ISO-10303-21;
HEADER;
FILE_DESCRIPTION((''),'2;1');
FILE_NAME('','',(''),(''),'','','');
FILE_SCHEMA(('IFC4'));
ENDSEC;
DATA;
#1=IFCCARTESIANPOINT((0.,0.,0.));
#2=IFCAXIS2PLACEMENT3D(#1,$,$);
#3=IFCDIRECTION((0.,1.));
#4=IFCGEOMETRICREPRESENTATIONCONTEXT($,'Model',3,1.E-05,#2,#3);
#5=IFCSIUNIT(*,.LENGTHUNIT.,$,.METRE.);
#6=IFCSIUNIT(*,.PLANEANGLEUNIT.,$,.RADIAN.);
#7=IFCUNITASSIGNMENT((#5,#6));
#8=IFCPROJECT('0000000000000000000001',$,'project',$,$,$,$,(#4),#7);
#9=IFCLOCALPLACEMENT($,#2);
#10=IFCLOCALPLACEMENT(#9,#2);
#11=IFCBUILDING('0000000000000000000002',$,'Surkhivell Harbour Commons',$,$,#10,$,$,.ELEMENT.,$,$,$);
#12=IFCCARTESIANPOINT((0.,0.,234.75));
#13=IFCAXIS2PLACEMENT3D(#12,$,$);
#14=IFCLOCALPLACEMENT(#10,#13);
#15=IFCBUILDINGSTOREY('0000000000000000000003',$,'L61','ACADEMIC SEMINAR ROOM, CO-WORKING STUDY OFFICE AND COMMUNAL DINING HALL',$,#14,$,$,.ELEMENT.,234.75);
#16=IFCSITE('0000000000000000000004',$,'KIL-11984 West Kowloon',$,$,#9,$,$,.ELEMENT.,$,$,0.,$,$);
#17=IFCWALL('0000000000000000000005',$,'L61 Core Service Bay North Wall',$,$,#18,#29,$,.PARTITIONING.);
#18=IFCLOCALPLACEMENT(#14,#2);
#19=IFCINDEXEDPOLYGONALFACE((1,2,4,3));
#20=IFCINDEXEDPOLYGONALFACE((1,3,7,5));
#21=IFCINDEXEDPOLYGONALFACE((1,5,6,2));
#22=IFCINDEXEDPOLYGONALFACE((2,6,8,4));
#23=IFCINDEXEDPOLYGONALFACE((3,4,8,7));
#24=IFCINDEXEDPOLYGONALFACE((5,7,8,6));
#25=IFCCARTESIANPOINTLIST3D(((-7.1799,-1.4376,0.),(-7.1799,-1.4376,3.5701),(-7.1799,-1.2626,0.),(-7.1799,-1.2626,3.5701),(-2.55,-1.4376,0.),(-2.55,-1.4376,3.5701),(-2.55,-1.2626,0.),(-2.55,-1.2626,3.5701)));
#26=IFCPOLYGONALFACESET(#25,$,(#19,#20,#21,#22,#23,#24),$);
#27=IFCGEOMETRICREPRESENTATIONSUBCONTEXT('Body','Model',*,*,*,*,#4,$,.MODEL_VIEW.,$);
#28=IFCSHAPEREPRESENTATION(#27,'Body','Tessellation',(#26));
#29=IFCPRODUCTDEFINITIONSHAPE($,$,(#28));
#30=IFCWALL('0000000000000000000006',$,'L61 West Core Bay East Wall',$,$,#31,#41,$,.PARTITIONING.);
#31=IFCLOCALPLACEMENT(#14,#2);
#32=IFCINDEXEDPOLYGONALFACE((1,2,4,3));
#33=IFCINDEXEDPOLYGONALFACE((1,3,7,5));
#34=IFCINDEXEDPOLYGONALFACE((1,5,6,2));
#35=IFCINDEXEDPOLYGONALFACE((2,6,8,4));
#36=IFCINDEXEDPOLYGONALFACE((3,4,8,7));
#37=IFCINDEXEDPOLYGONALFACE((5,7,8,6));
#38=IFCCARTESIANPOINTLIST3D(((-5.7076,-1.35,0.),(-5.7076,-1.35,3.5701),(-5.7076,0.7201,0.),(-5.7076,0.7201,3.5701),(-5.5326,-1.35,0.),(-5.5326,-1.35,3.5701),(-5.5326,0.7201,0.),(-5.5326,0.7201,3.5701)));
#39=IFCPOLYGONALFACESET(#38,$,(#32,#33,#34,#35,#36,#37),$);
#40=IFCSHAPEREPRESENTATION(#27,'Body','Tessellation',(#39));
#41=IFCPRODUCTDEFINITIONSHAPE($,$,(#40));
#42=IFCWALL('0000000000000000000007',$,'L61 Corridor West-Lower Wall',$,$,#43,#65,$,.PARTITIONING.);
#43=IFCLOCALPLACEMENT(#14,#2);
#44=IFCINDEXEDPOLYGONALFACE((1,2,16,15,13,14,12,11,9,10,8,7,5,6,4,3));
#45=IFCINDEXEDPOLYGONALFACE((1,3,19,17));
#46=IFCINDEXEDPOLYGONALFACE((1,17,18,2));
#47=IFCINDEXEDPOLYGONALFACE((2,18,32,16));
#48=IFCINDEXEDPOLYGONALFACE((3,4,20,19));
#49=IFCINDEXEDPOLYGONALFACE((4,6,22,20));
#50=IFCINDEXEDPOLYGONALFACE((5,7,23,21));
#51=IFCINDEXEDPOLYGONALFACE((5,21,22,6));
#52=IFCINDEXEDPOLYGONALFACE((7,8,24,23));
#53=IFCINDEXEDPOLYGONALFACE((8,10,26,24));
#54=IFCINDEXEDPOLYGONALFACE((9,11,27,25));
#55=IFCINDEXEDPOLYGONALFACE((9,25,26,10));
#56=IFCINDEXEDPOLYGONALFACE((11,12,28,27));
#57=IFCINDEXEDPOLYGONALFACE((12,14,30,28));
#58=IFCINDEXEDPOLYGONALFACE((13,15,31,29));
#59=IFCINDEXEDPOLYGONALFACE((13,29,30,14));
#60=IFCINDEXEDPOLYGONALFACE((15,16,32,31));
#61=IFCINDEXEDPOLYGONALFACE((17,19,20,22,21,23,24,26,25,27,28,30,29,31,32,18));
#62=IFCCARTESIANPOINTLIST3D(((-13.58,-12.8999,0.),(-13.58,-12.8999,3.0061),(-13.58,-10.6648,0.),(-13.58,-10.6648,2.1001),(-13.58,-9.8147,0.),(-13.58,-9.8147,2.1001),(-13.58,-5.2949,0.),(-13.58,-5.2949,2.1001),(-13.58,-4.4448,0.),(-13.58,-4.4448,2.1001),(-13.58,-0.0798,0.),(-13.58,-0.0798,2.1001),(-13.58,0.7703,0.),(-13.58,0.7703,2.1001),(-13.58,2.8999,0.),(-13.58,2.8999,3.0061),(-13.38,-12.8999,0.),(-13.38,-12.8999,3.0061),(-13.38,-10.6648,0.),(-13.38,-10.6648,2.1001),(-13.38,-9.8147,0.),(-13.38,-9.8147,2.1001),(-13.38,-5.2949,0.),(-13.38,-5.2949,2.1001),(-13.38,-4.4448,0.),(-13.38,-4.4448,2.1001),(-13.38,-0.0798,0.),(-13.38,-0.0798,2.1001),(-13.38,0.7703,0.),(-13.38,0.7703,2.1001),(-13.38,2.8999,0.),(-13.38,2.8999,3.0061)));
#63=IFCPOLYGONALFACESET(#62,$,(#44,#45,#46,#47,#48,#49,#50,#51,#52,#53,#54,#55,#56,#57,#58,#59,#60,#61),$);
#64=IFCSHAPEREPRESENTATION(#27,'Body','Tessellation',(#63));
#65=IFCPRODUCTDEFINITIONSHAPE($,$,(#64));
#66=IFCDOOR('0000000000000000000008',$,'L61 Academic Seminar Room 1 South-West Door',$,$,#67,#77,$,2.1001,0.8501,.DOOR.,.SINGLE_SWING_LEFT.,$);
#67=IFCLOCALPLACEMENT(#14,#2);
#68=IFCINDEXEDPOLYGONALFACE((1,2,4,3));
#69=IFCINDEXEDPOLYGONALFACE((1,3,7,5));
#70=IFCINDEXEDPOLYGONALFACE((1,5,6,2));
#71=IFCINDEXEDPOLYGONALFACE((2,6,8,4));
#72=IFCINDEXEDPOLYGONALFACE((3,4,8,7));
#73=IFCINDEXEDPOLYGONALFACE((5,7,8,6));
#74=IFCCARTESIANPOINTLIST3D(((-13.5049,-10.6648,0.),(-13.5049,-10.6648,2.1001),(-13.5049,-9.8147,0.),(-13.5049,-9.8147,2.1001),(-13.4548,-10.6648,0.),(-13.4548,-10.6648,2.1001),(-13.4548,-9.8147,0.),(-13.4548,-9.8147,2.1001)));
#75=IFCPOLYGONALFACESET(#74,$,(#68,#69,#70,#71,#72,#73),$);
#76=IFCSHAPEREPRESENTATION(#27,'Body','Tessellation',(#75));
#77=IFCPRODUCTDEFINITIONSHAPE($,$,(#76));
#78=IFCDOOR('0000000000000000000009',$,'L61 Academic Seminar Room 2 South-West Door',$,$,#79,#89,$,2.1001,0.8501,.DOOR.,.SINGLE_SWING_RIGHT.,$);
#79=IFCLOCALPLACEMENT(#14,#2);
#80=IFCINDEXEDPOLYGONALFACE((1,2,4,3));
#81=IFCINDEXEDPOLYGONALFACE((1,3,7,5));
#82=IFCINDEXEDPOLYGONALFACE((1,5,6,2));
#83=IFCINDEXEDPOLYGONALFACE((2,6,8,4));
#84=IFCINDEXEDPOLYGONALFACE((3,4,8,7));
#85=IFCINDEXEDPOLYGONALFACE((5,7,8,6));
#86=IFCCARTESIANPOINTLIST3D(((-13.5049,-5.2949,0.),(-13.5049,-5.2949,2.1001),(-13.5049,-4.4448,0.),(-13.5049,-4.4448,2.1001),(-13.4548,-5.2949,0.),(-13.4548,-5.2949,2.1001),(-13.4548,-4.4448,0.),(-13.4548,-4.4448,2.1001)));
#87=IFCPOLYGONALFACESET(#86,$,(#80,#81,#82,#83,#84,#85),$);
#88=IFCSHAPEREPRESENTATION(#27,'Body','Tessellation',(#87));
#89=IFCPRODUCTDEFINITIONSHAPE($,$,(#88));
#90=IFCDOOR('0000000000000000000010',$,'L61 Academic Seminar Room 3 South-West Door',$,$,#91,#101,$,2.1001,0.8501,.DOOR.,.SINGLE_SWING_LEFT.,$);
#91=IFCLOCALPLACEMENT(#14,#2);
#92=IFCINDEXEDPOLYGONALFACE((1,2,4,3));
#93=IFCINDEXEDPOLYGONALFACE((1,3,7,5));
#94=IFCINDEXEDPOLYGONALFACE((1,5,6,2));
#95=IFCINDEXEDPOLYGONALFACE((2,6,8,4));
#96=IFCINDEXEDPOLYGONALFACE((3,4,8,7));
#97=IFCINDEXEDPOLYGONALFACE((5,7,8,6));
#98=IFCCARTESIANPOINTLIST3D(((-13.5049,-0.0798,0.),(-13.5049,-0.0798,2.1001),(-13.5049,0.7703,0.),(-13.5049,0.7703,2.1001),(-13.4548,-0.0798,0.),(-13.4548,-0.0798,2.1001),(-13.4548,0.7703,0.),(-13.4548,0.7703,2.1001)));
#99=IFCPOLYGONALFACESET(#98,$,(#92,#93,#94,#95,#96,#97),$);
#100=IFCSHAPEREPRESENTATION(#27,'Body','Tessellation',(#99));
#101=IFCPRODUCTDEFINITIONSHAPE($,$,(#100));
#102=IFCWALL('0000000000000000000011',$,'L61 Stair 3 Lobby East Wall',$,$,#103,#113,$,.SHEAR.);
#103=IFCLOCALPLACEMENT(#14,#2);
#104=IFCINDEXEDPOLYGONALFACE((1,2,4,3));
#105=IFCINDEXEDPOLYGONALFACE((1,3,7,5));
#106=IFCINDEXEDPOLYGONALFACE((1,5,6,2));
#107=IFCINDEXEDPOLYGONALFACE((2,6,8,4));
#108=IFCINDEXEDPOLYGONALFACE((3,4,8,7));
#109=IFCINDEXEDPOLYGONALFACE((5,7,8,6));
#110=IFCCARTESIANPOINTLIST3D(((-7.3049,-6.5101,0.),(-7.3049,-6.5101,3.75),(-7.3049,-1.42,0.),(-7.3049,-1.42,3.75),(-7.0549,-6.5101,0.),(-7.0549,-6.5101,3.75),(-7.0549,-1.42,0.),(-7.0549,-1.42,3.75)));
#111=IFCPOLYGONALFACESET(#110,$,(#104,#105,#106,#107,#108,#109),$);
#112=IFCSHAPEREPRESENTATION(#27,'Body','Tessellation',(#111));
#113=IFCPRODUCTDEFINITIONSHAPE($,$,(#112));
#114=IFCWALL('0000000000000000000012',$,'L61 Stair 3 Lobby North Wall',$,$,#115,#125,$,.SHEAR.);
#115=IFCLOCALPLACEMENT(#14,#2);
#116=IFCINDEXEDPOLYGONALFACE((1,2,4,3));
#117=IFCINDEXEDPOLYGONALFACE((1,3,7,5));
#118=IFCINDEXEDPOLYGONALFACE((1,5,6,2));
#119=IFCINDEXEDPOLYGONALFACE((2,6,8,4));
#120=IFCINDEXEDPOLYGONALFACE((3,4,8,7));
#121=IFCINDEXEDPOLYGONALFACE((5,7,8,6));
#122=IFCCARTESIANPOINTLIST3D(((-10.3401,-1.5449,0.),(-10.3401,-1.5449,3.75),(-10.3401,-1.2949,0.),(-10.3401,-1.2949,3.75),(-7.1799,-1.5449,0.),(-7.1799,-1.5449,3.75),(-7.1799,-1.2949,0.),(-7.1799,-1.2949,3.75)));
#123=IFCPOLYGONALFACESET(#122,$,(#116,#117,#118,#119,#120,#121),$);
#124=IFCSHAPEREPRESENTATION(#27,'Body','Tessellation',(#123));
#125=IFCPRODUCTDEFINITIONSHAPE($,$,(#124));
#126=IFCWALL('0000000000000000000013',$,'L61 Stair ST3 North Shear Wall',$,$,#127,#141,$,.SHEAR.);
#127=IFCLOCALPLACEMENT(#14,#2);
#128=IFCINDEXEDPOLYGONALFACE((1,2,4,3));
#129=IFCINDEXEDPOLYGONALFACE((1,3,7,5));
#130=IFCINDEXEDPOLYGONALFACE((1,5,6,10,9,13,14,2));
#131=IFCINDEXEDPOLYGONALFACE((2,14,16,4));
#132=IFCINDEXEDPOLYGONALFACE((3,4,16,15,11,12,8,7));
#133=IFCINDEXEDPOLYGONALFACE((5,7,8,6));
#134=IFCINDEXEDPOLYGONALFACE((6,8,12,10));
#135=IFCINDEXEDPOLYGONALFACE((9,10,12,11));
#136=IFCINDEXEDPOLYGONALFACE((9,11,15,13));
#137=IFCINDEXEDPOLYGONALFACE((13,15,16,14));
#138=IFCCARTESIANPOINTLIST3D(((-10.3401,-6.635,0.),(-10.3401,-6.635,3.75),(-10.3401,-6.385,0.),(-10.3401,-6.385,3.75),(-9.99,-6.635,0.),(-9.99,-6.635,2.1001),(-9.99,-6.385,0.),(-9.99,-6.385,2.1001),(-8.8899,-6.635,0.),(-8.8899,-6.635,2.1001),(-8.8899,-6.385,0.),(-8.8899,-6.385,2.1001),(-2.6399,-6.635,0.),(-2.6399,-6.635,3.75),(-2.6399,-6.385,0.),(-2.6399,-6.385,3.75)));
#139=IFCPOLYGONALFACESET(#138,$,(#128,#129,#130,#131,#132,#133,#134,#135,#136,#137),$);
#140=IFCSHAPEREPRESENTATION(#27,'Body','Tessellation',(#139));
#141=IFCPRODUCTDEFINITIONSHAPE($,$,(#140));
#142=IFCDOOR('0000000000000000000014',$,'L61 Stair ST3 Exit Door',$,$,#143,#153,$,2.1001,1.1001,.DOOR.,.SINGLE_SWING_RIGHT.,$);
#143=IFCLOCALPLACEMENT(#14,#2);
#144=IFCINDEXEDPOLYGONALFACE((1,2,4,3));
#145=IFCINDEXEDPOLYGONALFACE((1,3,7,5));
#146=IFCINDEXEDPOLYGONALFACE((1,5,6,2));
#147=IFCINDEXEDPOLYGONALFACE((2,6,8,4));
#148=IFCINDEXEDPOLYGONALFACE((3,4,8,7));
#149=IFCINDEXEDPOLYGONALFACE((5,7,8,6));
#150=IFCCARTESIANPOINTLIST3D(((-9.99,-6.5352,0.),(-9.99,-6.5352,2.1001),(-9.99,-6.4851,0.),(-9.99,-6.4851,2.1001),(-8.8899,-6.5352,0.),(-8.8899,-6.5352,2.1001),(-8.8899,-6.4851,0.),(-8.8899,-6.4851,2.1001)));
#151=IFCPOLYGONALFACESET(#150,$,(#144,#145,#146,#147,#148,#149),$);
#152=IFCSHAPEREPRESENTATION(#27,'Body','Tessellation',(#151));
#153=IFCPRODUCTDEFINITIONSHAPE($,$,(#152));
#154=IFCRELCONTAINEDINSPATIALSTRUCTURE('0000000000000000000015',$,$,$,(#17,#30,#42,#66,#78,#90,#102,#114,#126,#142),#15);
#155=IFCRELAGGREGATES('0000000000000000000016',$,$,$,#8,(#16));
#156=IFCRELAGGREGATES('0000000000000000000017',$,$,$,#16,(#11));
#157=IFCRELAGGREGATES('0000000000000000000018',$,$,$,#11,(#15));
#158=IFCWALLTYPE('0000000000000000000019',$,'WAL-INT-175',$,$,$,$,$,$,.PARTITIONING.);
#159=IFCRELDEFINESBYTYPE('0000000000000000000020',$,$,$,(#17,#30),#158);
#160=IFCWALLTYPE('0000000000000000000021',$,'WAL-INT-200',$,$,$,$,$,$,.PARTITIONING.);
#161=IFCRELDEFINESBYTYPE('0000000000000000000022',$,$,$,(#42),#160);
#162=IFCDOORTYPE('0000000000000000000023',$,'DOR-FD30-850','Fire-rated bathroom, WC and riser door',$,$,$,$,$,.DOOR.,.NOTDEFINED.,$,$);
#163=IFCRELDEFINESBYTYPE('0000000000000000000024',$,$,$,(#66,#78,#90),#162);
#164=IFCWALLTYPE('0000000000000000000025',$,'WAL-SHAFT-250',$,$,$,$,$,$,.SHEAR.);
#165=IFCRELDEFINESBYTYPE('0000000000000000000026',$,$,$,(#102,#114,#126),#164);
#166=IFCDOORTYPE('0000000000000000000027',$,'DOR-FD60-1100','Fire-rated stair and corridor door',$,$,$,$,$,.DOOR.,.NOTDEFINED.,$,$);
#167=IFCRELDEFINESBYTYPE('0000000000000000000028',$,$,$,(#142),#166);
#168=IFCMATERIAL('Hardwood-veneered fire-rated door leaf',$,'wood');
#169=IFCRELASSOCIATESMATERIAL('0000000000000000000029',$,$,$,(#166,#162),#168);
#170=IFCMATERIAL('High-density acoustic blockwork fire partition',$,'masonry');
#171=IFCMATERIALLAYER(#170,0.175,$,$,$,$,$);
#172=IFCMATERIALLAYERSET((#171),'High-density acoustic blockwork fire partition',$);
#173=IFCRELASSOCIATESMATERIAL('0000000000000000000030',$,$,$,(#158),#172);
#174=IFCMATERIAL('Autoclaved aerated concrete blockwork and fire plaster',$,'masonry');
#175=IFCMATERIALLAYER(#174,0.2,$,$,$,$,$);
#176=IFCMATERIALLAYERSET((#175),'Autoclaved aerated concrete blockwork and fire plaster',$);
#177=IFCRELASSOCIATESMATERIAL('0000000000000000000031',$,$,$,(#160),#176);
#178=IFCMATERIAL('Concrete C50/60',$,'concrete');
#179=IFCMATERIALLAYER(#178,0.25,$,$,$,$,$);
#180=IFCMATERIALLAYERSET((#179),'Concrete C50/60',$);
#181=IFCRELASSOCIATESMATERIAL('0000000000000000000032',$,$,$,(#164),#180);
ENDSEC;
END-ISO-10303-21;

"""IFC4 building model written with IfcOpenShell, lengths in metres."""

from ifc_helpers import new_model, si_unit, direction, frame, frame_2d, origin, place, context, subcontext, project, spatial, rectangle, extrude, material, layer, layer_set, type_object, element, fill, save


model = new_model("IFC4")

# Units and contexts
model_context = context("Model", 3, precision=1e-05, world=origin(), true_north=direction((0.0, 1.0)))
body_context = subcontext(model_context, "Body", "Model", "MODEL_VIEW")
ifc_project = project(units=[si_unit("LENGTHUNIT", "METRE"), si_unit("PLANEANGLEUNIT", "RADIAN")], contexts=[model_context])

# Site, building, storey
site_placement = place(None, origin())
site = spatial("IfcSite", under=ifc_project, at=site_placement, Name="KIL-11984 West Kowloon", CompositionType="ELEMENT", RefElevation=0.0)
building_placement = place(site_placement, origin())
building = spatial("IfcBuilding", under=site, at=building_placement, Name="Surkhivell Harbour Commons", CompositionType="ELEMENT")
storey_placement = place(building_placement, frame((0.0, 0.0, 234.75)))
storey = spatial("IfcBuildingStorey", under=building, at=storey_placement, Name="L61", Description="ACADEMIC SEMINAR ROOM, CO-WORKING STUDY OFFICE AND COMMUNAL DINING HALL", CompositionType="ELEMENT", Elevation=234.75)

# Shared definitions
ifc_material_1 = material(Name="Hardwood-veneered fire-rated door leaf", Category="wood")
door_type_1 = type_object("IfcDoorType", Name="DOR-FD60-1100", Description="Fire-rated stair and corridor door", OperationType="NOTDEFINED", PredefinedType="DOOR", material=ifc_material_1)
door_type_2 = type_object("IfcDoorType", Name="DOR-FD30-850", Description="Fire-rated bathroom, WC and riser door", OperationType="NOTDEFINED", PredefinedType="DOOR", material=ifc_material_1)

# Shared definitions
ifc_material_2 = material(Name="High-density acoustic blockwork fire partition", Category="masonry")
ifc_layer_1 = layer(ifc_material_2, 0.175)
ifc_layer_set_1 = layer_set([ifc_layer_1], Name="High-density acoustic blockwork fire partition")
wall_type_1 = type_object("IfcWallType", Name="WAL-INT-175", PredefinedType="PARTITIONING", material=ifc_layer_set_1)

# Walls
wall_1_placement = place(storey_placement, frame((-7.1799, -1.3501, 0.0), z_axis=(0.0, 0.0, 1.0), x_axis=(1.0, 0.0, 0.0)))
element("IfcWall", 1, at=wall_1_placement, inside=storey, type_object=wall_type_1, Name="L61 Core Service Bay North Wall", PredefinedType="PARTITIONING", context=body_context, shape_type="SweptSolid", body=[
    extrude(rectangle(XDim=4.6299, YDim=0.175, at=frame_2d((2.3149, 0.0))), origin(), (0.0, 0.0, 1.0), 3.5701),
])
wall_2_placement = place(storey_placement, frame((-5.6201, -1.3501, 0.0), z_axis=(0.0, 0.0, 1.0), x_axis=(0.0, 1.0, 0.0)))
element("IfcWall", 2, at=wall_2_placement, inside=storey, type_object=wall_type_1, Name="L61 West Core Bay East Wall", PredefinedType="PARTITIONING", context=body_context, shape_type="SweptSolid", body=[
    extrude(rectangle(XDim=2.0701, YDim=0.175, at=frame_2d((1.0352, 0.0))), origin(), (0.0, 0.0, 1.0), 3.5701),
])

# Wall, openings, doors
ifc_material_3 = material(Name="Autoclaved aerated concrete blockwork and fire plaster", Category="masonry")
ifc_layer_2 = layer(ifc_material_3, 0.2)
ifc_layer_set_2 = layer_set([ifc_layer_2], Name="Autoclaved aerated concrete blockwork and fire plaster")
wall_type_2 = type_object("IfcWallType", Name="WAL-INT-200", PredefinedType="PARTITIONING", material=ifc_layer_set_2)
wall_3_placement = place(storey_placement, frame((-13.48, -12.8999, 0.0), z_axis=(0.0, 0.0, 1.0), x_axis=(0.0, 1.0, 0.0)))
wall_3 = element("IfcWall", 3, at=wall_3_placement, inside=storey, type_object=wall_type_2, Name="L61 Corridor West-Lower Wall", PredefinedType="PARTITIONING", context=body_context, shape_type="SweptSolid", body=[
    extrude(rectangle(XDim=15.7998, YDim=0.2, at=frame_2d((7.8999, 0.0))), origin(), (0.0, 0.0, 1.0), 3.0061),
])
opening_1_placement = place(wall_3_placement, frame((2.2351, 0.0, 0.0)))
opening_1 = element("IfcOpeningElement", 4, at=opening_1_placement, cuts=wall_3, PredefinedType="OPENING", context=body_context, shape_type="SweptSolid", body=[
    extrude(rectangle(XDim=0.8501, YDim=2.1001, at=frame_2d((0.425, 1.05))), frame((0.0, 0.1099, 0.0), z_axis=(0.0, -1.0, 0.0), x_axis=(1.0, 0.0, 0.0)), (0.0, 0.0, 1.0), 0.22),
])
opening_2_placement = place(wall_3_placement, frame((7.605, 0.0, 0.0)))
opening_2 = element("IfcOpeningElement", 5, at=opening_2_placement, cuts=wall_3, PredefinedType="OPENING", context=body_context, shape_type="SweptSolid", body=[
    extrude(rectangle(XDim=0.8501, YDim=2.1001, at=frame_2d((0.425, 1.05))), frame((0.0, 0.1099, 0.0), z_axis=(0.0, -1.0, 0.0), x_axis=(1.0, 0.0, 0.0)), (0.0, 0.0, 1.0), 0.22),
])
opening_3_placement = place(wall_3_placement, frame((12.8201, 0.0, 0.0)))
opening_3 = element("IfcOpeningElement", 6, at=opening_3_placement, cuts=wall_3, PredefinedType="OPENING", context=body_context, shape_type="SweptSolid", body=[
    extrude(rectangle(XDim=0.8501, YDim=2.1001, at=frame_2d((0.425, 1.05))), frame((0.0, 0.1099, 0.0), z_axis=(0.0, -1.0, 0.0), x_axis=(1.0, 0.0, 0.0)), (0.0, 0.0, 1.0), 0.22),
])
door_1_placement = place(opening_1_placement, origin())
door_1 = element("IfcDoor", 7, at=door_1_placement, inside=storey, type_object=door_type_2, Name="L61 Academic Seminar Room 1 South-West Door", OperationType="SINGLE_SWING_LEFT", OverallHeight=2.1001, OverallWidth=0.8501, PredefinedType="DOOR", context=body_context, shape_type="SweptSolid", body=[
    extrude(rectangle(XDim=0.8501, YDim=2.1001, at=frame_2d((0.425, 1.05))), frame((0.0, 0.0249, 0.0), z_axis=(0.0, -1.0, 0.0), x_axis=(1.0, 0.0, 0.0)), (0.0, 0.0, 1.0), 0.05),
])
fill(opening_1, door_1)
door_2_placement = place(opening_2_placement, origin())
door_2 = element("IfcDoor", 8, at=door_2_placement, inside=storey, type_object=door_type_2, Name="L61 Academic Seminar Room 2 South-West Door", OperationType="SINGLE_SWING_RIGHT", OverallHeight=2.1001, OverallWidth=0.8501, PredefinedType="DOOR", context=body_context, shape_type="SweptSolid", body=[
    extrude(rectangle(XDim=0.8501, YDim=2.1001, at=frame_2d((0.425, 1.05))), frame((0.0, 0.0249, 0.0), z_axis=(0.0, -1.0, 0.0), x_axis=(1.0, 0.0, 0.0)), (0.0, 0.0, 1.0), 0.05),
])
fill(opening_2, door_2)
door_3_placement = place(opening_3_placement, origin())
door_3 = element("IfcDoor", 9, at=door_3_placement, inside=storey, type_object=door_type_2, Name="L61 Academic Seminar Room 3 South-West Door", OperationType="SINGLE_SWING_LEFT", OverallHeight=2.1001, OverallWidth=0.8501, PredefinedType="DOOR", context=body_context, shape_type="SweptSolid", body=[
    extrude(rectangle(XDim=0.8501, YDim=2.1001, at=frame_2d((0.425, 1.05))), frame((0.0, 0.0249, 0.0), z_axis=(0.0, -1.0, 0.0), x_axis=(1.0, 0.0, 0.0)), (0.0, 0.0, 1.0), 0.05),
])
fill(opening_3, door_3)

# Walls
ifc_material_4 = material(Name="Concrete C50/60", Category="concrete")
ifc_layer_3 = layer(ifc_material_4, 0.25)
ifc_layer_set_3 = layer_set([ifc_layer_3], Name="Concrete C50/60")
wall_type_3 = type_object("IfcWallType", Name="WAL-SHAFT-250", PredefinedType="SHEAR", material=ifc_layer_set_3)
wall_4_placement = place(storey_placement, frame((-7.1799, -6.51, 0.0), z_axis=(0.0, 0.0, 1.0), x_axis=(0.0, 1.0, 0.0)))
element("IfcWall", 10, at=wall_4_placement, inside=storey, type_object=wall_type_3, Name="L61 Stair 3 Lobby East Wall", PredefinedType="SHEAR", context=body_context, shape_type="SweptSolid", body=[
    extrude(rectangle(XDim=5.0901, YDim=0.25, at=frame_2d((2.5449, 0.0))), origin(), (0.0, 0.0, 1.0), 3.75),
])
wall_5_placement = place(storey_placement, frame((-10.3401, -1.4199, 0.0), z_axis=(0.0, 0.0, 1.0), x_axis=(1.0, 0.0, 0.0)))
element("IfcWall", 11, at=wall_5_placement, inside=storey, type_object=wall_type_3, Name="L61 Stair 3 Lobby North Wall", PredefinedType="SHEAR", context=body_context, shape_type="SweptSolid", body=[
    extrude(rectangle(XDim=3.1602, YDim=0.25, at=frame_2d((1.5801, 0.0))), origin(), (0.0, 0.0, 1.0), 3.75),
])

# Wall, opening, door
wall_6_placement = place(storey_placement, frame((-10.3401, -6.51, 0.0), z_axis=(0.0, 0.0, 1.0), x_axis=(1.0, 0.0, 0.0)))
wall_6 = element("IfcWall", 12, at=wall_6_placement, inside=storey, type_object=wall_type_3, Name="L61 Stair ST3 North Shear Wall", PredefinedType="SHEAR", context=body_context, shape_type="SweptSolid", body=[
    extrude(rectangle(XDim=7.7002, YDim=0.25, at=frame_2d((3.8501, 0.0))), origin(), (0.0, 0.0, 1.0), 3.75),
])
opening_4_placement = place(wall_6_placement, frame((0.3501, 0.0, 0.0)))
opening_4 = element("IfcOpeningElement", 13, at=opening_4_placement, cuts=wall_6, PredefinedType="OPENING", context=body_context, shape_type="SweptSolid", body=[
    extrude(rectangle(XDim=1.1001, YDim=2.1001, at=frame_2d((0.55, 1.05))), frame((0.0, 0.135, 0.0), z_axis=(0.0, -1.0, 0.0), x_axis=(1.0, 0.0, 0.0)), (0.0, 0.0, 1.0), 0.27),
])
door_4_placement = place(opening_4_placement, origin())
door_4 = element("IfcDoor", 14, at=door_4_placement, inside=storey, type_object=door_type_1, Name="L61 Stair ST3 Exit Door", OperationType="SINGLE_SWING_RIGHT", OverallHeight=2.1001, OverallWidth=1.1001, PredefinedType="DOOR", context=body_context, shape_type="SweptSolid", body=[
    extrude(rectangle(XDim=1.1001, YDim=2.1001, at=frame_2d((0.55, 1.05))), frame((0.0, 0.0249, 0.0), z_axis=(0.0, -1.0, 0.0), x_axis=(1.0, 0.0, 0.0)), (0.0, 0.0, 1.0), 0.05),
])
fill(opening_4, door_4)

save(model, "model.ifc")
